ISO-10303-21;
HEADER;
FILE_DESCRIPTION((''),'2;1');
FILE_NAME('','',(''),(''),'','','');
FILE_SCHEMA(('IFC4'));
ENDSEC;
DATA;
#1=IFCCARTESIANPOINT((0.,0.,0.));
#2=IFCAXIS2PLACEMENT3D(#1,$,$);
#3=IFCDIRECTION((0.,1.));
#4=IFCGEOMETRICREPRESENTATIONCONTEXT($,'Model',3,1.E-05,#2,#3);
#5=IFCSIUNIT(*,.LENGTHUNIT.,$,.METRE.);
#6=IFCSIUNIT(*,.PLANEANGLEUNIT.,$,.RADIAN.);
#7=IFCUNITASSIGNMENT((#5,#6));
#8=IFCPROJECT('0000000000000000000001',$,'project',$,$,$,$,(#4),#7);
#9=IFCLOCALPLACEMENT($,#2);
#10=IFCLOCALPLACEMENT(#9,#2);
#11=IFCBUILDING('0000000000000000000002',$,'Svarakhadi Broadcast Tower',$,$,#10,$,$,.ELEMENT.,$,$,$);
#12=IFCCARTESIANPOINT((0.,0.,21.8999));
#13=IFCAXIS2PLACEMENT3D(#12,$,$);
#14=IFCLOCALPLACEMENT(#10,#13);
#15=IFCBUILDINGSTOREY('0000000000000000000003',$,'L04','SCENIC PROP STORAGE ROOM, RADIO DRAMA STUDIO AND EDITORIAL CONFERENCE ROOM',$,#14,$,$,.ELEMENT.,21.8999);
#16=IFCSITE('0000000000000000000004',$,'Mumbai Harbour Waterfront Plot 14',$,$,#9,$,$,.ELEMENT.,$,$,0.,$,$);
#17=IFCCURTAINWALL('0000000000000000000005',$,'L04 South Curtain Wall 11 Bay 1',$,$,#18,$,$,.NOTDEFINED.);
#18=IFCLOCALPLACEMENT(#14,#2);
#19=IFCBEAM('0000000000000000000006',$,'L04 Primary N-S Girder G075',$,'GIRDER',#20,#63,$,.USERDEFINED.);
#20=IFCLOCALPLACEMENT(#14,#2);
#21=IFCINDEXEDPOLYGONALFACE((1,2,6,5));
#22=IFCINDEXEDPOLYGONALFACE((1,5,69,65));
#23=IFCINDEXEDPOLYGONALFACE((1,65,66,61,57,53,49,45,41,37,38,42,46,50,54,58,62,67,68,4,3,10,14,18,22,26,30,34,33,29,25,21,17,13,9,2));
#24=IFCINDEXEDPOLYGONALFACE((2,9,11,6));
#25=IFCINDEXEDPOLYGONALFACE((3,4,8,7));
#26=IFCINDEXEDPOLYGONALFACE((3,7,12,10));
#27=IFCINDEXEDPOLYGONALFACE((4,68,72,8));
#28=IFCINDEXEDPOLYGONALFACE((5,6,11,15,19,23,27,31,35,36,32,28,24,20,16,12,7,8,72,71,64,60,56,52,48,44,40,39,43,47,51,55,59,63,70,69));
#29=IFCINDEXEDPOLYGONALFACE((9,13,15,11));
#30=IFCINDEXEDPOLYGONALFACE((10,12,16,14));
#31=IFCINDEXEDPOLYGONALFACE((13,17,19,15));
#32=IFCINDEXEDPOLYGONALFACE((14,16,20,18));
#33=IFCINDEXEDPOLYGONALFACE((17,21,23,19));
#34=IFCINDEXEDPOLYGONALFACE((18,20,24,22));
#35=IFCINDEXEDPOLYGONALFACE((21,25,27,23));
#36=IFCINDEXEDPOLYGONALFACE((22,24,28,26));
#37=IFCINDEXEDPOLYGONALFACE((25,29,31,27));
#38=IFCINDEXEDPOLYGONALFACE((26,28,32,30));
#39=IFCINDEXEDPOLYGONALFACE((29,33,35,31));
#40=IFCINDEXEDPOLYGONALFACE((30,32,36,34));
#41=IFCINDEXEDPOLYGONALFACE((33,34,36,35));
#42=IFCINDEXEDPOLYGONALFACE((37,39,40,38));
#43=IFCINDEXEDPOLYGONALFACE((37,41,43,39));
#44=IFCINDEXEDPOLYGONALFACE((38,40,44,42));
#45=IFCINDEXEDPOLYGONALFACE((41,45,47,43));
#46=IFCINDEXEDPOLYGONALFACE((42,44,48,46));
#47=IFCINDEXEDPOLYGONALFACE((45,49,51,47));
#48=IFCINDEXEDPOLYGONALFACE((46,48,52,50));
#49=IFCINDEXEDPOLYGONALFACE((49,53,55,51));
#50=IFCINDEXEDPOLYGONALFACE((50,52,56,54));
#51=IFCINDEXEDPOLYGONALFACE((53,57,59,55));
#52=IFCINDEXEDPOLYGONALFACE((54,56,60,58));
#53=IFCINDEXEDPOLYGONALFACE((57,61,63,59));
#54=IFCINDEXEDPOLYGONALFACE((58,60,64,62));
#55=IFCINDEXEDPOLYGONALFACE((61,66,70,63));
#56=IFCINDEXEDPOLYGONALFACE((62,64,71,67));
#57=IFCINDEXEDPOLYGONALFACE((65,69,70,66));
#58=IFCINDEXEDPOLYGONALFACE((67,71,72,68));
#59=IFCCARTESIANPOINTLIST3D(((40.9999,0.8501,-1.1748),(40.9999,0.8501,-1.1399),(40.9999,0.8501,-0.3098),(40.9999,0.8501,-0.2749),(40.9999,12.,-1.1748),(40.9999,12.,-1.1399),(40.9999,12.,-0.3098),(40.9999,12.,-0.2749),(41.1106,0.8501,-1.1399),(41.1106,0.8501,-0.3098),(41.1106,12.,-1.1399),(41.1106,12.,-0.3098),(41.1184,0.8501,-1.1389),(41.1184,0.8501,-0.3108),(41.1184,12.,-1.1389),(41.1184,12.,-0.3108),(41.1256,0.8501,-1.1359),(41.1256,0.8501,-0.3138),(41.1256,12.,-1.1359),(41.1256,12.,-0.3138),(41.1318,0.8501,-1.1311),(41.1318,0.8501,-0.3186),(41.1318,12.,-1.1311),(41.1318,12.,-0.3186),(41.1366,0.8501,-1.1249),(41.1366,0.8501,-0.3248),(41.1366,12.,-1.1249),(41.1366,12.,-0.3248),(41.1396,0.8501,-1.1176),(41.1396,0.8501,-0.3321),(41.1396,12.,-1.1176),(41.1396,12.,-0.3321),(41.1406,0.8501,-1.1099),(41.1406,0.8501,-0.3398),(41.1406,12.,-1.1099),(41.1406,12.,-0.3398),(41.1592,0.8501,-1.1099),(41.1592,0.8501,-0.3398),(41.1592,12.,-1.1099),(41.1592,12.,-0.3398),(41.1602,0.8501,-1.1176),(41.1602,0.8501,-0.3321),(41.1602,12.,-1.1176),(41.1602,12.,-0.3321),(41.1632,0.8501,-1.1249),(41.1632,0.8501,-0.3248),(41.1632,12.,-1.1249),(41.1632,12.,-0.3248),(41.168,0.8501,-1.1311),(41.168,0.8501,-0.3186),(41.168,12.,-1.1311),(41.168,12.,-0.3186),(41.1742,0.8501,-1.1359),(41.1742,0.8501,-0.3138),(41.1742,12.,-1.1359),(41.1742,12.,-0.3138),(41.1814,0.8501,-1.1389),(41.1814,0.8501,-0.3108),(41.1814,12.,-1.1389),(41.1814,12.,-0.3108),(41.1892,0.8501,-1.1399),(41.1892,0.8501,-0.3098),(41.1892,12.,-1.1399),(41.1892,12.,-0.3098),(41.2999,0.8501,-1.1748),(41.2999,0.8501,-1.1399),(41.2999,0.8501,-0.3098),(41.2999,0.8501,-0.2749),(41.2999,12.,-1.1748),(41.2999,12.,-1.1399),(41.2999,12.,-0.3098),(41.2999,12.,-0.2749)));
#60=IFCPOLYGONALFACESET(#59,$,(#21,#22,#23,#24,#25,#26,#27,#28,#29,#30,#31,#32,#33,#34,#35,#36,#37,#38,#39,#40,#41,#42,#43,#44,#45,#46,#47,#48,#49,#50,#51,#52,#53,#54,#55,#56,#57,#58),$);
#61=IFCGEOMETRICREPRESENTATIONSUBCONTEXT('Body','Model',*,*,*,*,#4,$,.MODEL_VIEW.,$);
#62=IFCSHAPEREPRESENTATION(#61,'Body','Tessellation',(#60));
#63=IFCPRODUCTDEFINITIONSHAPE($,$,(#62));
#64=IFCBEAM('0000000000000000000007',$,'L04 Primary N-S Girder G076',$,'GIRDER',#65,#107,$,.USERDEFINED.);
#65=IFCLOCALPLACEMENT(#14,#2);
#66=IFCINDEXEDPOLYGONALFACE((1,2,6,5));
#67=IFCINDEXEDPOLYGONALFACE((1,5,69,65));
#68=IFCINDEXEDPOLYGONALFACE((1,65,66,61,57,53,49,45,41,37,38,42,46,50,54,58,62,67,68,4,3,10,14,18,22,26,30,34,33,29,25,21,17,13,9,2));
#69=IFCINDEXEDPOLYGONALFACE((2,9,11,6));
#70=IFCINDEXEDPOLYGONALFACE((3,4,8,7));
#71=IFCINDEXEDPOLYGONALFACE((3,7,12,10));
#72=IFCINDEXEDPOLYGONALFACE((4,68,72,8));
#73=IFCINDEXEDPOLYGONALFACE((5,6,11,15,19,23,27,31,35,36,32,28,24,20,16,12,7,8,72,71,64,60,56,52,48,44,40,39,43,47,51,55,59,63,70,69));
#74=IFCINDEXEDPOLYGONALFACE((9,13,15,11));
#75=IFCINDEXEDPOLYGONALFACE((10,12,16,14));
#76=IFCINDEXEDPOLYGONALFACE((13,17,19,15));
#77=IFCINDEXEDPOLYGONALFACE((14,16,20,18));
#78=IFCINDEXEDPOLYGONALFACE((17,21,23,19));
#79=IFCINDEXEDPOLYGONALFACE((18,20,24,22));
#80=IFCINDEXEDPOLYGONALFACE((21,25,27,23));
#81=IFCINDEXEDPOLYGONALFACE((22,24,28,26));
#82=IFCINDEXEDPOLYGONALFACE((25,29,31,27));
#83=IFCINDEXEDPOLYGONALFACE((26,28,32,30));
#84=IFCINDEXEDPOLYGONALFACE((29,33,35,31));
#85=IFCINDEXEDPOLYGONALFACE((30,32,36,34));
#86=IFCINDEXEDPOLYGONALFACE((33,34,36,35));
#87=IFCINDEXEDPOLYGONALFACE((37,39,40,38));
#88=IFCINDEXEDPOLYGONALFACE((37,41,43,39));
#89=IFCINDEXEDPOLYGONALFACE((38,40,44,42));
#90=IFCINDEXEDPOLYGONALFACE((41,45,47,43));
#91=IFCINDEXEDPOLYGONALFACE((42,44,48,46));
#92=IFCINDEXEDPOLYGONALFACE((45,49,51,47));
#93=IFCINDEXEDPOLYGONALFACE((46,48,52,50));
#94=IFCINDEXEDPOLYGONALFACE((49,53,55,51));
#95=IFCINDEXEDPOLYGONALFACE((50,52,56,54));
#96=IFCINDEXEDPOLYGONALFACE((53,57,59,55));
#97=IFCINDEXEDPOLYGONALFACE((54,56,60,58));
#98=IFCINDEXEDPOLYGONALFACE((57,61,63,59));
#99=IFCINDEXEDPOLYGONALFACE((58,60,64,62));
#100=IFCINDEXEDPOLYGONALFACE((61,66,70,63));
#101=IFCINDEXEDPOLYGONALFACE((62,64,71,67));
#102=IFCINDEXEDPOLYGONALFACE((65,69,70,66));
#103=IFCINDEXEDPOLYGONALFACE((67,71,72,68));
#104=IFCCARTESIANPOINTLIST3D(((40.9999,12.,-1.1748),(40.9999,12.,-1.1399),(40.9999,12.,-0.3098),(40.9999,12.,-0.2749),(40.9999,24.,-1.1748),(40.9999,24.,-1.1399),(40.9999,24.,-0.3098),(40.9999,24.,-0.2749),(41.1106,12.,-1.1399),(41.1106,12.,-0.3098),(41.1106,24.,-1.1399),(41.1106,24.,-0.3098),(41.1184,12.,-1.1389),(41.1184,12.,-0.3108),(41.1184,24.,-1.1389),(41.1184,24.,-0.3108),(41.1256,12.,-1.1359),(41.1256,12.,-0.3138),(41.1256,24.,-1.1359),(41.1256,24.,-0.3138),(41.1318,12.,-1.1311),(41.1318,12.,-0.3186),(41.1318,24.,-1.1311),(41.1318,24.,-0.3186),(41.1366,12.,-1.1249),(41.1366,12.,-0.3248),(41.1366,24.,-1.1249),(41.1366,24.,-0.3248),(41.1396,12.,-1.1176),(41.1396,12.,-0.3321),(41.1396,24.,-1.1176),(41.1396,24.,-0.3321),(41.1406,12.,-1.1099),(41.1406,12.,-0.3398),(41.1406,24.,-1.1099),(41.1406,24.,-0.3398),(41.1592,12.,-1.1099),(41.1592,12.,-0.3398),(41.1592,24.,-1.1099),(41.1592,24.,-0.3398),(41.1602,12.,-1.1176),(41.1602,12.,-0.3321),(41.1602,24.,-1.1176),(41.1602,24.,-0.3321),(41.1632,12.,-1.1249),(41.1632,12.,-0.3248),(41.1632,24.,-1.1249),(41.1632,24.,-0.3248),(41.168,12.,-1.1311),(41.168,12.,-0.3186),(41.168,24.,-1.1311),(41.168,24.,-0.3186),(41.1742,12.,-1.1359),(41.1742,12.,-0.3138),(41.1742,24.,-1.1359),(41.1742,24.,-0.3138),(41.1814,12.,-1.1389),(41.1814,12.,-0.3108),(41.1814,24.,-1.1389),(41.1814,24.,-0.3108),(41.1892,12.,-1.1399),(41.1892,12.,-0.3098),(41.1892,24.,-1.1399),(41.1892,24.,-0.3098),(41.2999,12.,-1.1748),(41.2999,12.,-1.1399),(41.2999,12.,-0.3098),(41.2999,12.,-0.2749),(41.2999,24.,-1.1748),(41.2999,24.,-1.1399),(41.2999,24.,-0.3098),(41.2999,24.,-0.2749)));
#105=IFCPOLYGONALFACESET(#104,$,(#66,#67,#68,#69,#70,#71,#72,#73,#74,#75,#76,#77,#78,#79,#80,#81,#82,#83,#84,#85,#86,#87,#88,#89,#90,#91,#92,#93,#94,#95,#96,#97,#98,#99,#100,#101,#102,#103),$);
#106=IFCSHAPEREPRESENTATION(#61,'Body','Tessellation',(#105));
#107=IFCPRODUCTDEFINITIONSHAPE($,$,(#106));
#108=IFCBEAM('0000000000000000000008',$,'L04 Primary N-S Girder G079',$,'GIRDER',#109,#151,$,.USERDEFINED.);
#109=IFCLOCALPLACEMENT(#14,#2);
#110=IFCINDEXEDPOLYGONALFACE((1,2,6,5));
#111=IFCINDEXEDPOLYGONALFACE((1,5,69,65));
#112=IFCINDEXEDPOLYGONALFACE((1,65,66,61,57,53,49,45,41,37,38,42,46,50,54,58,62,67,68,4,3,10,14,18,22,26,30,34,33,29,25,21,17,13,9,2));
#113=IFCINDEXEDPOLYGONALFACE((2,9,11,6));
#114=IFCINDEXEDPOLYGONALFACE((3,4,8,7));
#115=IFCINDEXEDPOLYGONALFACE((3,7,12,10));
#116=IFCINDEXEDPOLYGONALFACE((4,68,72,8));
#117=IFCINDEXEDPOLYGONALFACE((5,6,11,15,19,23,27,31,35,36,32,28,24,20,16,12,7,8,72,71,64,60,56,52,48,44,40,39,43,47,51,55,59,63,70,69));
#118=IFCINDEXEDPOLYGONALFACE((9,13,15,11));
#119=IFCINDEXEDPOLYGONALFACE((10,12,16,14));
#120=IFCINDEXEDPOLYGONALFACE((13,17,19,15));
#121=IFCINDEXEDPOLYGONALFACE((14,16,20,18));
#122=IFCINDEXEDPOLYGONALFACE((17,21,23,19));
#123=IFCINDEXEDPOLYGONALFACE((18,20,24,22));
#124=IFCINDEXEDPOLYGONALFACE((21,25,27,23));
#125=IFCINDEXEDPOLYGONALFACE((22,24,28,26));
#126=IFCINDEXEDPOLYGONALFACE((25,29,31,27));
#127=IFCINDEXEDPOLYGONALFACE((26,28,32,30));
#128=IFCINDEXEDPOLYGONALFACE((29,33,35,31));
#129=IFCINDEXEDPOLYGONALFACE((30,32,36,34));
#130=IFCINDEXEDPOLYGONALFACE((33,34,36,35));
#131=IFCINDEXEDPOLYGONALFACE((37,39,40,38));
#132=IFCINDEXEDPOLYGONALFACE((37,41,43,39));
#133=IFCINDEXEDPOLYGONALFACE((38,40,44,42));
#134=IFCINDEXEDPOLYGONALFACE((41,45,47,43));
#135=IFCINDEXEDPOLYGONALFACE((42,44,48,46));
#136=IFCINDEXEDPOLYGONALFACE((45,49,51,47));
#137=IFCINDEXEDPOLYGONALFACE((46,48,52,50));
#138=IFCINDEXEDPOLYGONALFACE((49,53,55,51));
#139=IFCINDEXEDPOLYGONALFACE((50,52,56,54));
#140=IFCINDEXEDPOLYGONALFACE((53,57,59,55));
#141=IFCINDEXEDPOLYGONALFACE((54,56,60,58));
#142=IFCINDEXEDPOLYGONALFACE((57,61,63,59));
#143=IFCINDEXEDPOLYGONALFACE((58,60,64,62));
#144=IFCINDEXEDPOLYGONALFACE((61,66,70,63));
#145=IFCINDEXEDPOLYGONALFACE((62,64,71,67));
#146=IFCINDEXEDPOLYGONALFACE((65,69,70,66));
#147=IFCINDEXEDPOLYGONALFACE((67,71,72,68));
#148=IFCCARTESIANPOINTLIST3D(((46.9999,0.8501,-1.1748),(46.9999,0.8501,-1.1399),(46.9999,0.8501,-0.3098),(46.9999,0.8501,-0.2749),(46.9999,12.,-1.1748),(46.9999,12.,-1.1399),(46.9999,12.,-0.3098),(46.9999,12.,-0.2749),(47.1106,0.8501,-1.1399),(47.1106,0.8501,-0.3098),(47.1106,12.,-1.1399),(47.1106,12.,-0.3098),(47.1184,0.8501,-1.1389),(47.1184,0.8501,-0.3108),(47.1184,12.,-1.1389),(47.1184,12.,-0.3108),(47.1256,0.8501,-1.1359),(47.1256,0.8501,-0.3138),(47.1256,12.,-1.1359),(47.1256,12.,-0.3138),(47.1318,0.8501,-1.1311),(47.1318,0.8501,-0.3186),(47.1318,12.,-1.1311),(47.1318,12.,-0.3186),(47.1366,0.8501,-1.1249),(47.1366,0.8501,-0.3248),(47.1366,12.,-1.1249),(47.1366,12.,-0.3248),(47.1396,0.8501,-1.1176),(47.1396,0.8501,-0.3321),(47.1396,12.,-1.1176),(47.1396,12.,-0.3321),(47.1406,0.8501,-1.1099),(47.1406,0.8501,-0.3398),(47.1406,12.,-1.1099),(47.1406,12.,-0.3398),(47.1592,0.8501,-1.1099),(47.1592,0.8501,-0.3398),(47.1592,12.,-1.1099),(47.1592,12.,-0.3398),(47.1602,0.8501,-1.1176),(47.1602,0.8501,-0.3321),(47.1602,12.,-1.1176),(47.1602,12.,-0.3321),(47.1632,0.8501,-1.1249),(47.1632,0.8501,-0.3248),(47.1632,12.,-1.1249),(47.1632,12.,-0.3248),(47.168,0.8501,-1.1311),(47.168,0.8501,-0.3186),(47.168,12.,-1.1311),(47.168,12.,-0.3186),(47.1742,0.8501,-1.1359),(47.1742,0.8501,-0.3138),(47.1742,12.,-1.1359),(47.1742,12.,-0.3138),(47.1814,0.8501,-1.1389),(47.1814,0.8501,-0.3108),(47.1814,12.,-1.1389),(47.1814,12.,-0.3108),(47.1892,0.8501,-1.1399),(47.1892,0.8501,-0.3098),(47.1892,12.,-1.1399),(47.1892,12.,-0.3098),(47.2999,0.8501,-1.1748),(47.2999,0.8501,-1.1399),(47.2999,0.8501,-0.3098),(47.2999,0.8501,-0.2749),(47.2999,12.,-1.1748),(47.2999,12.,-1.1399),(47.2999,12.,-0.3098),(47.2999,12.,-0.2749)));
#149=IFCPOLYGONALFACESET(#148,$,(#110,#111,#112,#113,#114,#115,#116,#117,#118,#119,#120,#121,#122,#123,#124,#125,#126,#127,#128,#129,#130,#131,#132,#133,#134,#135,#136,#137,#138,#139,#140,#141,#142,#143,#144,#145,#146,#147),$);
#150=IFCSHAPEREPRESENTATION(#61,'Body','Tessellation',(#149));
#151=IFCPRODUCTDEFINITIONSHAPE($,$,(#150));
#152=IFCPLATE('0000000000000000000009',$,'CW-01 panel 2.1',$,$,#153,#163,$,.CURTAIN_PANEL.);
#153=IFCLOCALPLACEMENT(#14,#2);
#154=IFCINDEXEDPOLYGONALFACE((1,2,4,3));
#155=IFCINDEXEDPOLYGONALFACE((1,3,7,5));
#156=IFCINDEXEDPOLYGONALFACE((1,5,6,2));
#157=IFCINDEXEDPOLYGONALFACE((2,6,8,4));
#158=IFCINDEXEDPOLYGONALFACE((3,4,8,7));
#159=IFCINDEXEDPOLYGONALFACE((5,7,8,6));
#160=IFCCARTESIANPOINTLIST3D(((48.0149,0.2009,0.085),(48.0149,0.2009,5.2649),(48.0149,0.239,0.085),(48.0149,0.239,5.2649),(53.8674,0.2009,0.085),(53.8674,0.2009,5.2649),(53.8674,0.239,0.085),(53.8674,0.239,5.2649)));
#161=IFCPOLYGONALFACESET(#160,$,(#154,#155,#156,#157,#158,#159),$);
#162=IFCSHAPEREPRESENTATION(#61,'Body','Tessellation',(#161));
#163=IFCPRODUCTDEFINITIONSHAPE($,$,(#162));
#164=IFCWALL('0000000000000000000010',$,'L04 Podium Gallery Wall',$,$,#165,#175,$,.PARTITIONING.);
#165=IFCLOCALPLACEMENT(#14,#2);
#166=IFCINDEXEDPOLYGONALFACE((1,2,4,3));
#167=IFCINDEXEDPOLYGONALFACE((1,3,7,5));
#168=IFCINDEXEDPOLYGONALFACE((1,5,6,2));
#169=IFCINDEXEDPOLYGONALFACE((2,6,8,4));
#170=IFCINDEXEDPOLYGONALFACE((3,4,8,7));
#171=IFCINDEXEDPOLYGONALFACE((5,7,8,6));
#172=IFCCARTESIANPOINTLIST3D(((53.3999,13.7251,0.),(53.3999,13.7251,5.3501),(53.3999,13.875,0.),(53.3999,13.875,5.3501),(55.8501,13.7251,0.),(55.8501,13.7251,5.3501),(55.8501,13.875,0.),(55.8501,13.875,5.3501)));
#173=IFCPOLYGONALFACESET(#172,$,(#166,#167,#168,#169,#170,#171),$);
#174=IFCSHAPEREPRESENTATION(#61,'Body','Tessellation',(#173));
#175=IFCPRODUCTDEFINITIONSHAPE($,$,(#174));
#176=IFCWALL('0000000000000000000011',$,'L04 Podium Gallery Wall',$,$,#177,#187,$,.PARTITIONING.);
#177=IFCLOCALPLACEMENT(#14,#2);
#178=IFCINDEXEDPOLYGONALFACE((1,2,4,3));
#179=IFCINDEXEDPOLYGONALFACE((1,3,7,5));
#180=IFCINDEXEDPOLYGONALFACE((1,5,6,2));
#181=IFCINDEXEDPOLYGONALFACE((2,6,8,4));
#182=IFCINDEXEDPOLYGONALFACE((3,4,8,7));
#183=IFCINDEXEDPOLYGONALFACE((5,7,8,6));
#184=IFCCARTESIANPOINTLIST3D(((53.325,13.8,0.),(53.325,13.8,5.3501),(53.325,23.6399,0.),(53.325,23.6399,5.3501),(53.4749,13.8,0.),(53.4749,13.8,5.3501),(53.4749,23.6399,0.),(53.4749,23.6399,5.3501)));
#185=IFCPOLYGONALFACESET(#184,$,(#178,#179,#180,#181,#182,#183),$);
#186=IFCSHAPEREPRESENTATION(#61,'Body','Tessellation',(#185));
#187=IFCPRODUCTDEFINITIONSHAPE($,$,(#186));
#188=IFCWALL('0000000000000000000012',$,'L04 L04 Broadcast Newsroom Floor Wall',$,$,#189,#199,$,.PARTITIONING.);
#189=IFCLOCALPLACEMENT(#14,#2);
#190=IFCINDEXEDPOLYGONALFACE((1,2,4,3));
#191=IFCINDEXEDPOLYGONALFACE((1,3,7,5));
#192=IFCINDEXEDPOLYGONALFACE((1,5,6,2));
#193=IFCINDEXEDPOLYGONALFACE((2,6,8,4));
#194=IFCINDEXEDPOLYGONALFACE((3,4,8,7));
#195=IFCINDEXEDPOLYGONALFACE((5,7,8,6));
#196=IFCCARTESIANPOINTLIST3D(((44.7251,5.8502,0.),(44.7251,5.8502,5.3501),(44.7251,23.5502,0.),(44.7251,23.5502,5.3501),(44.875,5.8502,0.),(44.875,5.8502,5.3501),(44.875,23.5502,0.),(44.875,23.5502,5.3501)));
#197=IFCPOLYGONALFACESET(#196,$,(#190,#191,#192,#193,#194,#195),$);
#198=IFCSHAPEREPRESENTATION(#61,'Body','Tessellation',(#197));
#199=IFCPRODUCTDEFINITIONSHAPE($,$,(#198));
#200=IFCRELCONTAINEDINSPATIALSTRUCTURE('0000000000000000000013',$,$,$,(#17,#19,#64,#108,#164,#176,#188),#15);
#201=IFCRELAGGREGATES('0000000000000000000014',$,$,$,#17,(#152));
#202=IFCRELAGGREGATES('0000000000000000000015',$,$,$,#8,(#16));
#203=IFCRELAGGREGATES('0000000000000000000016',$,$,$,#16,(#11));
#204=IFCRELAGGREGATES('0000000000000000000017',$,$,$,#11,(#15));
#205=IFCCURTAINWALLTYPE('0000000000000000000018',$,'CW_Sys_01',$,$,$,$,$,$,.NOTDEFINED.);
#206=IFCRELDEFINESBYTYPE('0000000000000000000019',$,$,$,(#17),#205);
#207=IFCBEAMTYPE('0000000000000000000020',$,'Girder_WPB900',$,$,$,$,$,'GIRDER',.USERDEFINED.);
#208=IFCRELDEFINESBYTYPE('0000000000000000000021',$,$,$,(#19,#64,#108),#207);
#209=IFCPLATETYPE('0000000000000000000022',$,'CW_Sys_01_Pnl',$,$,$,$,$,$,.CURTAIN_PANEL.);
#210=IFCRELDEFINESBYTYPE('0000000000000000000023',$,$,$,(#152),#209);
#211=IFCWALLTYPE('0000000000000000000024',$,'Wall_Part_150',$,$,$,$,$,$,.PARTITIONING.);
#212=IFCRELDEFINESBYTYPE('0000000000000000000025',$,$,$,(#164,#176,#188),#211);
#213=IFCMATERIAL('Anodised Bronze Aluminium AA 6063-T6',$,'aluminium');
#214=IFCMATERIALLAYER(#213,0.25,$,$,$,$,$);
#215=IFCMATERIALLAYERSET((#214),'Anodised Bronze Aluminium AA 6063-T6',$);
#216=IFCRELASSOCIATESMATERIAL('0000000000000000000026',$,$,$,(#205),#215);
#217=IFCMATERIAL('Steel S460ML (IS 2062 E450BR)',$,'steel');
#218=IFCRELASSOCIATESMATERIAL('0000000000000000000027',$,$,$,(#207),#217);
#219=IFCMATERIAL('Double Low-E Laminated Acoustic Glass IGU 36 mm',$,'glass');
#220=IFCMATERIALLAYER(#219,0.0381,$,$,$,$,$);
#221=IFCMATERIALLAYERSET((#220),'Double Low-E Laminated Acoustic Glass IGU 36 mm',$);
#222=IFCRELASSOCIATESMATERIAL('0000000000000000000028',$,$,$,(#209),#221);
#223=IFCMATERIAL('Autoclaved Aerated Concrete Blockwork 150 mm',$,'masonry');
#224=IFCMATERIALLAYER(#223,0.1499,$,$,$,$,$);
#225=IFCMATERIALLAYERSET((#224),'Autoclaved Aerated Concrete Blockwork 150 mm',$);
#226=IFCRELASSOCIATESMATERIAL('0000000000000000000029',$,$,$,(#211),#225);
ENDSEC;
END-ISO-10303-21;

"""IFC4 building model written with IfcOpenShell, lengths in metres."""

from ifc_helpers import new_model, si_unit, direction, frame, frame_2d, origin, origin_2d, place, context, subcontext, project, spatial, rectangle, i_section, extrude, material, layer, layer_set, material_profile, profile_set, type_object, element, aggregate, save


model = new_model("IFC4")

# Units and contexts
model_context = context("Model", 3, precision=1e-05, world=origin(), true_north=direction((0.0, 1.0)))
body_context = subcontext(model_context, "Body", "Model", "MODEL_VIEW")
ifc_project = project(units=[si_unit("LENGTHUNIT", "METRE"), si_unit("PLANEANGLEUNIT", "RADIAN")], contexts=[model_context])

# Site, building, storey
site_placement = place(None, origin())
site = spatial("IfcSite", under=ifc_project, at=site_placement, Name="Mumbai Harbour Waterfront Plot 14", CompositionType="ELEMENT", RefElevation=0.0)
building_placement = place(site_placement, origin())
building = spatial("IfcBuilding", under=site, at=building_placement, Name="Svarakhadi Broadcast Tower", CompositionType="ELEMENT")
storey_placement = place(building_placement, frame((0.0, 0.0, 21.8999)))
storey = spatial("IfcBuildingStorey", under=building, at=storey_placement, Name="L04", Description="SCENIC PROP STORAGE ROOM, RADIO DRAMA STUDIO AND EDITORIAL CONFERENCE ROOM", CompositionType="ELEMENT", Elevation=21.8999)

# Shared definitions
ifc_material_1 = material(Name="Steel S460ML (IS 2062 E450BR)", Category="steel")

# Curtain wall
ifc_material_2 = material(Name="Anodised Bronze Aluminium AA 6063-T6", Category="aluminium")
ifc_layer_1 = layer(ifc_material_2, 0.25)
ifc_layer_set_1 = layer_set([ifc_layer_1], Name="Anodised Bronze Aluminium AA 6063-T6")
curtain_wall_type = type_object("IfcCurtainWallType", Name="CW_Sys_01", PredefinedType="NOTDEFINED", material=ifc_layer_set_1)
curtain_wall_1_placement = place(storey_placement, origin())
curtain_wall_1 = element("IfcCurtainWall", 1, at=curtain_wall_1_placement, inside=storey, type_object=curtain_wall_type, Name="L04 South Curtain Wall 11 Bay 1", PredefinedType="NOTDEFINED")

# Beams
ifc_material_profile_1 = material_profile(ifc_material_1, i_section(OverallWidth=0.3, OverallDepth=0.8999, WebThickness=0.0186, FlangeThickness=0.0349, FilletRadius=0.03, at=origin_2d()), Name="WPB 900x300x291")
ifc_profile_set_1 = profile_set([ifc_material_profile_1], Name="Steel S460ML (IS 2062 E450BR)")
beam_type_1 = type_object("IfcBeamType", Name="Girder_WPB900", ElementType="GIRDER", PredefinedType="USERDEFINED", material=ifc_profile_set_1)
beam_1_placement = place(storey_placement, frame((41.1499, 0.8501, -0.7249), z_axis=(0.0, 1.0, 0.0), x_axis=(-1.0, 0.0, 0.0)))
element("IfcBeam", 2, at=beam_1_placement, inside=storey, type_object=beam_type_1, Name="L04 Primary N-S Girder G075", ObjectType="GIRDER", PredefinedType="USERDEFINED", context=body_context, shape_type="SweptSolid", body=[
    extrude(i_section(OverallWidth=0.3, OverallDepth=0.8999, WebThickness=0.0186, FlangeThickness=0.0349, FilletRadius=0.03, at=origin_2d()), origin(), (0.0, 0.0, 1.0), 11.1499),
])
beam_2_placement = place(storey_placement, frame((41.1499, 12.0, -0.7249), z_axis=(0.0, 1.0, 0.0), x_axis=(-1.0, 0.0, 0.0)))
element("IfcBeam", 3, at=beam_2_placement, inside=storey, type_object=beam_type_1, Name="L04 Primary N-S Girder G076", ObjectType="GIRDER", PredefinedType="USERDEFINED", context=body_context, shape_type="SweptSolid", body=[
    extrude(i_section(OverallWidth=0.3, OverallDepth=0.8999, WebThickness=0.0186, FlangeThickness=0.0349, FilletRadius=0.03, at=origin_2d()), origin(), (0.0, 0.0, 1.0), 12.0),
])
beam_3_placement = place(storey_placement, frame((47.1499, 0.8501, -0.7249), z_axis=(0.0, 1.0, 0.0), x_axis=(-1.0, 0.0, 0.0)))
element("IfcBeam", 4, at=beam_3_placement, inside=storey, type_object=beam_type_1, Name="L04 Primary N-S Girder G079", ObjectType="GIRDER", PredefinedType="USERDEFINED", context=body_context, shape_type="SweptSolid", body=[
    extrude(i_section(OverallWidth=0.3, OverallDepth=0.8999, WebThickness=0.0186, FlangeThickness=0.0349, FilletRadius=0.03, at=origin_2d()), origin(), (0.0, 0.0, 1.0), 11.1499),
])

# Plate
ifc_material_3 = material(Name="Double Low-E Laminated Acoustic Glass IGU 36 mm", Category="glass")
ifc_layer_2 = layer(ifc_material_3, 0.0381)
ifc_layer_set_2 = layer_set([ifc_layer_2], Name="Double Low-E Laminated Acoustic Glass IGU 36 mm")
plate_type = type_object("IfcPlateType", Name="CW_Sys_01_Pnl", PredefinedType="CURTAIN_PANEL", material=ifc_layer_set_2)
plate_placement = place(storey_placement, frame((50.9412, 0.22, 0.085), z_axis=(0.0, 0.0, 1.0), x_axis=(-1.0, 0.0, 0.0)))
plate = element("IfcPlate", 5, at=plate_placement, type_object=plate_type, Name="CW-01 panel 2.1", PredefinedType="CURTAIN_PANEL", context=body_context, shape_type="SweptSolid", body=[
    extrude(rectangle(XDim=5.8525, YDim=0.0381, at=origin_2d()), origin(), (0.0, 0.0, 1.0), 5.1799),
])
aggregate(curtain_wall_1, [plate])

# Walls
ifc_material_4 = material(Name="Autoclaved Aerated Concrete Blockwork 150 mm", Category="masonry")
ifc_layer_3 = layer(ifc_material_4, 0.1499)
ifc_layer_set_3 = layer_set([ifc_layer_3], Name="Autoclaved Aerated Concrete Blockwork 150 mm")
wall_type = type_object("IfcWallType", Name="Wall_Part_150", PredefinedType="PARTITIONING", material=ifc_layer_set_3)
wall_1_placement = place(storey_placement, frame((55.8501, 13.8, 0.0), z_axis=(0.0, 0.0, 1.0), x_axis=(-1.0, 0.0, 0.0)))
element("IfcWall", 6, at=wall_1_placement, inside=storey, type_object=wall_type, Name="L04 Podium Gallery Wall", PredefinedType="PARTITIONING", context=body_context, shape_type="SweptSolid", body=[
    extrude(rectangle(XDim=2.4502, YDim=0.1499, at=frame_2d((1.2251, 0.0))), origin(), (0.0, 0.0, 1.0), 5.3501),
])
wall_2_placement = place(storey_placement, frame((53.3999, 13.8, 0.0), z_axis=(0.0, 0.0, 1.0), x_axis=(0.0, 1.0, 0.0)))
element("IfcWall", 7, at=wall_2_placement, inside=storey, type_object=wall_type, Name="L04 Podium Gallery Wall", PredefinedType="PARTITIONING", context=body_context, shape_type="SweptSolid", body=[
    extrude(rectangle(XDim=9.8398, YDim=0.1499, at=frame_2d((4.9199, 0.0))), origin(), (0.0, 0.0, 1.0), 5.3501),
])
wall_3_placement = place(storey_placement, frame((44.8, 5.8501, 0.0), z_axis=(0.0, 0.0, 1.0), x_axis=(0.0, 1.0, 0.0)))
element("IfcWall", 8, at=wall_3_placement, inside=storey, type_object=wall_type, Name="L04 L04 Broadcast Newsroom Floor Wall", PredefinedType="PARTITIONING", context=body_context, shape_type="SweptSolid", body=[
    extrude(rectangle(XDim=17.7, YDim=0.1499, at=frame_2d((8.8501, 0.0))), origin(), (0.0, 0.0, 1.0), 5.3501),
])

save(model, "model.ifc")
